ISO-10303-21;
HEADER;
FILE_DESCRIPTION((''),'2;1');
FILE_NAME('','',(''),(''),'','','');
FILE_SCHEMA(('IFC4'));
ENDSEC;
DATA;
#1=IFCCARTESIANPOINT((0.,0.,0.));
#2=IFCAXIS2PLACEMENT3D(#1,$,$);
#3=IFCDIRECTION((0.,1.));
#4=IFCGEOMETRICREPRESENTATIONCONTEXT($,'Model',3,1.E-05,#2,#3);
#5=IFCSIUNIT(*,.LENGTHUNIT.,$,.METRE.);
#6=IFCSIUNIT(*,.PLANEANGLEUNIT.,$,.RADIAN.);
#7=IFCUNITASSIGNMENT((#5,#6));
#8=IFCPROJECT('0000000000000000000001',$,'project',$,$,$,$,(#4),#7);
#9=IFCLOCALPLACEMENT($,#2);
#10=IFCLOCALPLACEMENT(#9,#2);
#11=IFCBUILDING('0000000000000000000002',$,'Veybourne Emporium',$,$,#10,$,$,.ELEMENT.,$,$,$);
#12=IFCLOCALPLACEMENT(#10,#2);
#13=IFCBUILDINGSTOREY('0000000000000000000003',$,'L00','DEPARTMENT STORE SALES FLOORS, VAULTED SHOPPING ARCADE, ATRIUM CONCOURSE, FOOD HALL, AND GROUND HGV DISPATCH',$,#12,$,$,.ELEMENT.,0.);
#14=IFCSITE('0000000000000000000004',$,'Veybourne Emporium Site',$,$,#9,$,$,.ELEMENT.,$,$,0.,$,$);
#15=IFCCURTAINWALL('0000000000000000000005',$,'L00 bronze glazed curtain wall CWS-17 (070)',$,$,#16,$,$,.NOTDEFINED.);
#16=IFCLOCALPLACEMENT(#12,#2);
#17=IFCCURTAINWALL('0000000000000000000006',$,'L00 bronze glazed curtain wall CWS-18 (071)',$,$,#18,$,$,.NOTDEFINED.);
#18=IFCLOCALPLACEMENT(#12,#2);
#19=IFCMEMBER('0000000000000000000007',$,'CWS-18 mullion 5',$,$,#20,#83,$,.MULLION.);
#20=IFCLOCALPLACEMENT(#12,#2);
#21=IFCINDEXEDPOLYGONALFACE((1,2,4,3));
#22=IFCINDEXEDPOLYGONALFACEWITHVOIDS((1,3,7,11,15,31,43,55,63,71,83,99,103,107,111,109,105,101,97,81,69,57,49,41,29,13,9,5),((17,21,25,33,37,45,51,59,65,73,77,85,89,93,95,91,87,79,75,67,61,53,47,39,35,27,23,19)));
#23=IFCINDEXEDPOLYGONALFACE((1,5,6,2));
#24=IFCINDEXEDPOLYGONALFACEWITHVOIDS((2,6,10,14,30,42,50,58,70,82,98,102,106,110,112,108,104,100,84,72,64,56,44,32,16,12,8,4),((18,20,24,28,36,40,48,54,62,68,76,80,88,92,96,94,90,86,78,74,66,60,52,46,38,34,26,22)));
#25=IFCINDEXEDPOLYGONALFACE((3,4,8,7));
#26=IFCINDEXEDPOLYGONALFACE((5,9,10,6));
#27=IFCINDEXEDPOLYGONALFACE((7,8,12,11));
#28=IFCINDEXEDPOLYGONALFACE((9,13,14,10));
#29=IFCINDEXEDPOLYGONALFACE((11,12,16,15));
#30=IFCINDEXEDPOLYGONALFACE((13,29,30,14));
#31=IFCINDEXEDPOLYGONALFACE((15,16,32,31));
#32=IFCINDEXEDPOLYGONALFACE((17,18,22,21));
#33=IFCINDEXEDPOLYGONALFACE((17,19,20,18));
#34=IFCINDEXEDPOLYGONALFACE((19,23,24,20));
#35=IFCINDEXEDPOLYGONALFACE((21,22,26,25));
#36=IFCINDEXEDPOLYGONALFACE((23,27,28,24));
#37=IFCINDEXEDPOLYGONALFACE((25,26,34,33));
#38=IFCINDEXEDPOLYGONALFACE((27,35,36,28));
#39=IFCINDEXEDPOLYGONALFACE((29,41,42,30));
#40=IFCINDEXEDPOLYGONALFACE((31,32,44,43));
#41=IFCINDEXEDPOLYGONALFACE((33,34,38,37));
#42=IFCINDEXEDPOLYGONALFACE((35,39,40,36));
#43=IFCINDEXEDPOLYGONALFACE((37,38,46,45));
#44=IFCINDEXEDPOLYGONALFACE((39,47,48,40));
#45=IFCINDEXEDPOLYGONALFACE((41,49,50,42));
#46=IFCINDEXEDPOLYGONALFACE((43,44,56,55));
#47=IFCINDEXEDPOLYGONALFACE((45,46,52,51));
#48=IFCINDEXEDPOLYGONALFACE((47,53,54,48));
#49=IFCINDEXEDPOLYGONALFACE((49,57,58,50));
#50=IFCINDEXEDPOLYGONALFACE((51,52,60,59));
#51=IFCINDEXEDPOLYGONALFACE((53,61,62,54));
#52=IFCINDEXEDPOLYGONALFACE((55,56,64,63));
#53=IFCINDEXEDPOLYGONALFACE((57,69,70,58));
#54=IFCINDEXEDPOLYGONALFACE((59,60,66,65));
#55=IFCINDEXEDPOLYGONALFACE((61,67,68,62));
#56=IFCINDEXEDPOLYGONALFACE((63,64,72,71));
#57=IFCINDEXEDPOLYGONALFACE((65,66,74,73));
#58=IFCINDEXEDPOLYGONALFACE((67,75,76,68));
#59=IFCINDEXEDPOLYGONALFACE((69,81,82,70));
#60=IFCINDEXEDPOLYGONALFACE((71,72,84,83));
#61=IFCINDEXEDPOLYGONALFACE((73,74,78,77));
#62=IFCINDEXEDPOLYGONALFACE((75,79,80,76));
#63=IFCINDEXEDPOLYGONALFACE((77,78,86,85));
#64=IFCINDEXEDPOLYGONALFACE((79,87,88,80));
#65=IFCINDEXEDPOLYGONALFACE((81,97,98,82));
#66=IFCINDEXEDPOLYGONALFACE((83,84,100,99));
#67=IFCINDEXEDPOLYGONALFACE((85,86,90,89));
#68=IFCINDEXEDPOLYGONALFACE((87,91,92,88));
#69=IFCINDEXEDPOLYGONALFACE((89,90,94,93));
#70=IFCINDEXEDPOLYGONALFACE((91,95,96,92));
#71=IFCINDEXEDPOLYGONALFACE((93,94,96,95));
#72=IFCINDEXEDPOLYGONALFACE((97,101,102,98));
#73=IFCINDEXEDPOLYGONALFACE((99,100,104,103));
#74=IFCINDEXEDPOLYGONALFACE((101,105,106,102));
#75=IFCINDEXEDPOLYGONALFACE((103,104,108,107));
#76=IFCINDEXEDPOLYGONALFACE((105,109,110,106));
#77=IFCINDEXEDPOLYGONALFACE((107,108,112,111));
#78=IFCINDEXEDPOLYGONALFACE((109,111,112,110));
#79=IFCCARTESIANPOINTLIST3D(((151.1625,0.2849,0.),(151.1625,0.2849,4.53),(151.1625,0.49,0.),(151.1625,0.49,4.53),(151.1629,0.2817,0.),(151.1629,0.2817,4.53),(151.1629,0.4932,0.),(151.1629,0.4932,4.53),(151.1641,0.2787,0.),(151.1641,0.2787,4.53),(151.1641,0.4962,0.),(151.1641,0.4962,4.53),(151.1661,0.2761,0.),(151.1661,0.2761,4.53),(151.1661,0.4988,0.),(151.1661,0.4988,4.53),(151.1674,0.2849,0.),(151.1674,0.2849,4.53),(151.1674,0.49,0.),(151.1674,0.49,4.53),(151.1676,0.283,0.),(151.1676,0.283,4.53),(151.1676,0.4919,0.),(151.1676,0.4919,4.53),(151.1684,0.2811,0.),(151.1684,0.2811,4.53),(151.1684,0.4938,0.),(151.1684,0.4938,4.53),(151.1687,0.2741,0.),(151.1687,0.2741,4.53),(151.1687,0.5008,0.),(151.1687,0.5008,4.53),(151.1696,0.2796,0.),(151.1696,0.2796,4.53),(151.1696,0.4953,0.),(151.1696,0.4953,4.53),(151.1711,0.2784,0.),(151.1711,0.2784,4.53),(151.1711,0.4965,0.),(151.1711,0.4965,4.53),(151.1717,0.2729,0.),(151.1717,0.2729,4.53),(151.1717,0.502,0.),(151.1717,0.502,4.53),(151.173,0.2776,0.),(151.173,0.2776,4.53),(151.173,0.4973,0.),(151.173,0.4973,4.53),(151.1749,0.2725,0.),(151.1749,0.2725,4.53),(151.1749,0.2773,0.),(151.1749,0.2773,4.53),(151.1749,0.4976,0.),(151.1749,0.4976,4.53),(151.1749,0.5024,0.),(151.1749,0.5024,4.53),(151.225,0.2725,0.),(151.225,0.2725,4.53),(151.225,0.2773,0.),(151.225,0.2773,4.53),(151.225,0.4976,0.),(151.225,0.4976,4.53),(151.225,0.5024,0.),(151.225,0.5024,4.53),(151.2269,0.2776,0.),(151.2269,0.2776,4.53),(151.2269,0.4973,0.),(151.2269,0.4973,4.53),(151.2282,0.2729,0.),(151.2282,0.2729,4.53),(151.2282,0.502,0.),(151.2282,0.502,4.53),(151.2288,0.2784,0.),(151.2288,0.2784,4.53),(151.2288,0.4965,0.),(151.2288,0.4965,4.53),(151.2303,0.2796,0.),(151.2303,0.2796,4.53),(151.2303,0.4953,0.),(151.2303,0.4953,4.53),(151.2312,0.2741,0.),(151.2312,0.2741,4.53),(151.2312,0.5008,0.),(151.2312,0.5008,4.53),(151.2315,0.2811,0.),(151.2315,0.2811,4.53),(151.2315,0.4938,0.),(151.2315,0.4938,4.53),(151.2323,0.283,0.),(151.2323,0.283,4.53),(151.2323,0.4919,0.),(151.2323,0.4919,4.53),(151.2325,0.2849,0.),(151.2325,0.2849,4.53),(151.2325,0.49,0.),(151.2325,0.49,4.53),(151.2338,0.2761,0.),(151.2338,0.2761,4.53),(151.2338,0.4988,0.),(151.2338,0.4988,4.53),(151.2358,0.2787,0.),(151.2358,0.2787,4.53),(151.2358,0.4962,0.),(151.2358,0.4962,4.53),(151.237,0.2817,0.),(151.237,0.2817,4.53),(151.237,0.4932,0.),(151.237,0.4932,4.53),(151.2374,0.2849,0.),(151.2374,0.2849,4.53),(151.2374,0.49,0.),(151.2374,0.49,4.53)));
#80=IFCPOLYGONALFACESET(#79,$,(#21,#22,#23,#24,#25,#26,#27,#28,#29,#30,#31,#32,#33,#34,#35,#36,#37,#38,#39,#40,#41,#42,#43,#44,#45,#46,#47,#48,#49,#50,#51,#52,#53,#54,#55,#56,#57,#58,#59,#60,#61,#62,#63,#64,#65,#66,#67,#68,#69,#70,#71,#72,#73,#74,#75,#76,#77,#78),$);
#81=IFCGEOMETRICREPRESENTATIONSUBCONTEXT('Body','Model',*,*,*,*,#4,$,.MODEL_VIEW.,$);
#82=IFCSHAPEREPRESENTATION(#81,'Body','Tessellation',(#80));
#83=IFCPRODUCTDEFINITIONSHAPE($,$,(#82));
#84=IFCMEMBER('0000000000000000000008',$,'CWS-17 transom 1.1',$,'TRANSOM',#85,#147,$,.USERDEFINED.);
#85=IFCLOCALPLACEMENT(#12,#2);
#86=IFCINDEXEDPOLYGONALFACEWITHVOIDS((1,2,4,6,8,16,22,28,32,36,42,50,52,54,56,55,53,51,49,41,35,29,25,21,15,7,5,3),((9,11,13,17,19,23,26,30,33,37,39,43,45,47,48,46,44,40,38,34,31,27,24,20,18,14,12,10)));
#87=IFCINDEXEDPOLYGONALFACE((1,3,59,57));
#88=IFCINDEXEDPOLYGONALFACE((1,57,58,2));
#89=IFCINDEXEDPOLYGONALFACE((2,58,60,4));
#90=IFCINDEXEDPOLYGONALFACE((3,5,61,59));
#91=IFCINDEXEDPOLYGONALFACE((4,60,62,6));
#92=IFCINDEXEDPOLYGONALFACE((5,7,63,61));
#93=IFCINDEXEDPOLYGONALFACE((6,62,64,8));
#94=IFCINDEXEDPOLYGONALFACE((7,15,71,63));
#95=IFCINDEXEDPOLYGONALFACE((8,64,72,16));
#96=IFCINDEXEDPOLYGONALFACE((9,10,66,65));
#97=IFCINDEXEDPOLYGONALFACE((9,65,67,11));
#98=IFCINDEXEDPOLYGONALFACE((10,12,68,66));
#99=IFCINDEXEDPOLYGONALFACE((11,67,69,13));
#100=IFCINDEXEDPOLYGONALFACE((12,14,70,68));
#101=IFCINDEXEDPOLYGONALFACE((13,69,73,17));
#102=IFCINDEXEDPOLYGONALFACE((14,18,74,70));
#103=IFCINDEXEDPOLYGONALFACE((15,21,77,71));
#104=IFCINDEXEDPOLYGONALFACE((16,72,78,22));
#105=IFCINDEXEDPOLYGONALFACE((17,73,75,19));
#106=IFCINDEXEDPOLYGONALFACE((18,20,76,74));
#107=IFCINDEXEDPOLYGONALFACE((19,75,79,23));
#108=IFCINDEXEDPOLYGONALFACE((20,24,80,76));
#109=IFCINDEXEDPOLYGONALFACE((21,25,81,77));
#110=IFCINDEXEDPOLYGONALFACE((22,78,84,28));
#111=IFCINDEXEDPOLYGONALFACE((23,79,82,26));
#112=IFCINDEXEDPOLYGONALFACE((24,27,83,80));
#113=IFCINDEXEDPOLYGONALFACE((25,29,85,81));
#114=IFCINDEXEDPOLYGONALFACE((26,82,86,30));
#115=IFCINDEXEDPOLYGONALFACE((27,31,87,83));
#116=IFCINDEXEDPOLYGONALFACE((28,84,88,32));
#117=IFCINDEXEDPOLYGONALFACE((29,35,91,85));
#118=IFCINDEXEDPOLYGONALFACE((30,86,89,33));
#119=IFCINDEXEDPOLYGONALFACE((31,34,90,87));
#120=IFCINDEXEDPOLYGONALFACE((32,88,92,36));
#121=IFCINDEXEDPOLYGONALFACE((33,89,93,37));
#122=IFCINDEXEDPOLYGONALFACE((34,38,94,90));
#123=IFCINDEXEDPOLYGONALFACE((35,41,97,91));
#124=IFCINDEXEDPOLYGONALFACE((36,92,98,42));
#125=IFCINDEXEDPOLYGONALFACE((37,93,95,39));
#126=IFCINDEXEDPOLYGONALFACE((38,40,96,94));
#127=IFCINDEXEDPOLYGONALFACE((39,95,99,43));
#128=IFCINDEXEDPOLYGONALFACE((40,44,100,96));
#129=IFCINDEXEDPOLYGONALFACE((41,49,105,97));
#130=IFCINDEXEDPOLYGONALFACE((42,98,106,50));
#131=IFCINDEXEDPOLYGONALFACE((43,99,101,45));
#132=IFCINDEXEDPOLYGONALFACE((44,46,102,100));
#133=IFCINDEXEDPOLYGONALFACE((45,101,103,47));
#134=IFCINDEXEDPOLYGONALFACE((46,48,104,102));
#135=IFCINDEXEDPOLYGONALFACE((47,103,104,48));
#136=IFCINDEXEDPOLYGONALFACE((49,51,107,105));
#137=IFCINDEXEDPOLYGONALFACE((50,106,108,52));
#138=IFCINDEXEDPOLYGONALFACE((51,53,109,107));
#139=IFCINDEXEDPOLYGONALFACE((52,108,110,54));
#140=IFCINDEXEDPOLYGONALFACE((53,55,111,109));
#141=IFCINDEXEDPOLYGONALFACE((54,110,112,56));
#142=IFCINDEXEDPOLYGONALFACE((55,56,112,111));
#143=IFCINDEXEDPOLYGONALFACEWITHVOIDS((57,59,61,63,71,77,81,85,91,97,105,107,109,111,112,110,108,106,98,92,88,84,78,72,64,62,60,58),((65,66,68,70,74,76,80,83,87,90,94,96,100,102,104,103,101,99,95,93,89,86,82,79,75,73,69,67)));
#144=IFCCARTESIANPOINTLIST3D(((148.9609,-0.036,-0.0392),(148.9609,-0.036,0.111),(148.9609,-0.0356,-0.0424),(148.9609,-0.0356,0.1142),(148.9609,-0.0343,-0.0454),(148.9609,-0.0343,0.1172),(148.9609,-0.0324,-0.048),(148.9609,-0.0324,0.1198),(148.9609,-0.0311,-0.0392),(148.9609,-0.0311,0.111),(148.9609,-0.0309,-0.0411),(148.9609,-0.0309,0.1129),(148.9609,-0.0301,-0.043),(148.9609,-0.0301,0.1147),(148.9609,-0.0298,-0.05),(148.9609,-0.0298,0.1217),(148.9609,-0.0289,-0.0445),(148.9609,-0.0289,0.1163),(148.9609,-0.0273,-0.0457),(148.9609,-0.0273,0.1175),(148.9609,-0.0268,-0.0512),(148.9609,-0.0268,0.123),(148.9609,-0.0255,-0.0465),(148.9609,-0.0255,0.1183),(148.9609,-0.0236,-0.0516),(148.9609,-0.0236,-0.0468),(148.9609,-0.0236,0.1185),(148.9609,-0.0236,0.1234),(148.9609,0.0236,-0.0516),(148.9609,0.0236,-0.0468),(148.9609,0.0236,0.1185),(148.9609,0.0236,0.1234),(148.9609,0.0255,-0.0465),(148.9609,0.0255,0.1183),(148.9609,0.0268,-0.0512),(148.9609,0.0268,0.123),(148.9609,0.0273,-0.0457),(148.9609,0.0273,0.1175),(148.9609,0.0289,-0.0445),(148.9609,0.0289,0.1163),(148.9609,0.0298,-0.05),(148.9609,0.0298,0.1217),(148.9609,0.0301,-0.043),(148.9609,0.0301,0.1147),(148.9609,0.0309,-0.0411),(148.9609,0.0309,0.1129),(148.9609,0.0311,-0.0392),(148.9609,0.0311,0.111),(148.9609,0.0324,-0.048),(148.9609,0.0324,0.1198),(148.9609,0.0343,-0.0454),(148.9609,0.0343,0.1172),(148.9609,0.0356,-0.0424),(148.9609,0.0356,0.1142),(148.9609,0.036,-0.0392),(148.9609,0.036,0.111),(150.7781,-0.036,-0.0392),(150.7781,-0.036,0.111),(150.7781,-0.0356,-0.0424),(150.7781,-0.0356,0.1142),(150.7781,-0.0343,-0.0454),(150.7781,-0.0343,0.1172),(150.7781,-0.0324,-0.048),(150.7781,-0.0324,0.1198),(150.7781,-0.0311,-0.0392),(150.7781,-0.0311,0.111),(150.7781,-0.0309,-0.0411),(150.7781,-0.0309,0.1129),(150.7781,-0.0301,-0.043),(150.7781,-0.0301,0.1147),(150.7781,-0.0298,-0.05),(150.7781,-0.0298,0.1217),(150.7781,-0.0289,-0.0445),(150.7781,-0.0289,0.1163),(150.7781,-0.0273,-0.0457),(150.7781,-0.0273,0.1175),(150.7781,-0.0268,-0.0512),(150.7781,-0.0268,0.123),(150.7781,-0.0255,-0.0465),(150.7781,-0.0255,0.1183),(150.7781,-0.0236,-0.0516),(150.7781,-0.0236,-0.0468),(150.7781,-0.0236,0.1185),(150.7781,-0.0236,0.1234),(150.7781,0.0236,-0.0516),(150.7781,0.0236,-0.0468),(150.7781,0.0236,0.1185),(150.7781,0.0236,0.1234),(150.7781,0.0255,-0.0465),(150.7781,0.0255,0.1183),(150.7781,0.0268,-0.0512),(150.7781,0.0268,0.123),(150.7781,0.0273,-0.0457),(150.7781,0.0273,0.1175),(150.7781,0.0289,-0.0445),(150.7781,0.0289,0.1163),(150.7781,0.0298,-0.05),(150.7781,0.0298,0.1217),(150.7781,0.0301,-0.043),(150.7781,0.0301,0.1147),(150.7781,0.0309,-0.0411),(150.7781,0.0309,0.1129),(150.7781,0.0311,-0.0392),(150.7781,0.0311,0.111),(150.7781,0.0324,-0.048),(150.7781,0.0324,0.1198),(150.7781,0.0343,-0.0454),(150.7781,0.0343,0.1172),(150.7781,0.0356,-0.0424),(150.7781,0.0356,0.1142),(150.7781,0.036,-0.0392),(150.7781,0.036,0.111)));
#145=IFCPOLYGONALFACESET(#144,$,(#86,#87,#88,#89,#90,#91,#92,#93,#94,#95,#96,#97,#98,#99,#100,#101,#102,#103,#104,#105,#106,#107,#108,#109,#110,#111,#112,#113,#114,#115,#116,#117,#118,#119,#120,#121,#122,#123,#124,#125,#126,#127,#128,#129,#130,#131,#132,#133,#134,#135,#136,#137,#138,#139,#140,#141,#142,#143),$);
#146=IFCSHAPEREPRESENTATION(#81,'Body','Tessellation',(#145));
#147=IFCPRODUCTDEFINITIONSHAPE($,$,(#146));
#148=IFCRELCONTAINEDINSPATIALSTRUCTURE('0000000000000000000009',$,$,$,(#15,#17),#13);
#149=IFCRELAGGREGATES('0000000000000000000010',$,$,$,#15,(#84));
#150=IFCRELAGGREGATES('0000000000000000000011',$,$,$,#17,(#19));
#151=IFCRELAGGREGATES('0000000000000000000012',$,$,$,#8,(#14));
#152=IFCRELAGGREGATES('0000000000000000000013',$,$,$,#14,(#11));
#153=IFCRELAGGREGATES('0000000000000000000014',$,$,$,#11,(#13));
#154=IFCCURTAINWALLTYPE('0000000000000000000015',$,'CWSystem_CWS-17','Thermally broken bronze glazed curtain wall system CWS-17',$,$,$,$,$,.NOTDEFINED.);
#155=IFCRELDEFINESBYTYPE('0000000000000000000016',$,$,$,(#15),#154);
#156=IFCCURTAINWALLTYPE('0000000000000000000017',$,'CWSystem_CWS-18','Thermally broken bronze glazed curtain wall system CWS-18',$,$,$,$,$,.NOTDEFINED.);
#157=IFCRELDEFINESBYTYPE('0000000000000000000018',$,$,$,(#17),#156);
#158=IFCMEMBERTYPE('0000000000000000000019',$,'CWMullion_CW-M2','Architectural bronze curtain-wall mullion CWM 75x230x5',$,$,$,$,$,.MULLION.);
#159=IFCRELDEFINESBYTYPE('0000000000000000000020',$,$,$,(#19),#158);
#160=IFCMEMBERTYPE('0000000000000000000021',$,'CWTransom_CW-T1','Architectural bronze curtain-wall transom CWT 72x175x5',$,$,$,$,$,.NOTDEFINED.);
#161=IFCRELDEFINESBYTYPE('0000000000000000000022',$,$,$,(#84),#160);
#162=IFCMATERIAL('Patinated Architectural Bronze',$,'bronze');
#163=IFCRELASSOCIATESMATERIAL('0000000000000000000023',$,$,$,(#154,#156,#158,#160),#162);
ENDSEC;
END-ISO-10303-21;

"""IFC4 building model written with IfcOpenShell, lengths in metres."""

from ifc_helpers import new_model, si_unit, direction, frame, origin, origin_2d, place, context, subcontext, project, spatial, hollow_rectangle, extrude, material, material_profile, profile_set, type_object, element, aggregate, save


model = new_model("IFC4")

# Units and contexts
model_context = context("Model", 3, precision=1e-05, world=origin(), true_north=direction((0.0, 1.0)))
body_context = subcontext(model_context, "Body", "Model", "MODEL_VIEW")
ifc_project = project(units=[si_unit("LENGTHUNIT", "METRE"), si_unit("PLANEANGLEUNIT", "RADIAN")], contexts=[model_context])

# Site, building, storey
site_placement = place(None, origin())
site = spatial("IfcSite", under=ifc_project, at=site_placement, Name="Veybourne Emporium Site", CompositionType="ELEMENT", RefElevation=0.0)
building_placement = place(site_placement, origin())
building = spatial("IfcBuilding", under=site, at=building_placement, Name="Veybourne Emporium", CompositionType="ELEMENT")
storey_placement = place(building_placement, origin())
storey = spatial("IfcBuildingStorey", under=building, at=storey_placement, Name="L00", Description="DEPARTMENT STORE SALES FLOORS, VAULTED SHOPPING ARCADE, ATRIUM CONCOURSE, FOOD HALL, AND GROUND HGV DISPATCH", CompositionType="ELEMENT", Elevation=0.0)

# Curtain walls, member
ifc_material_1 = material(Name="Patinated Architectural Bronze", Category="bronze")
curtain_wall_type_1 = type_object("IfcCurtainWallType", Name="CWSystem_CWS-17", Description="Thermally broken bronze glazed curtain wall system CWS-17", PredefinedType="NOTDEFINED", material=ifc_material_1)
curtain_wall_1_placement = place(storey_placement, origin())
curtain_wall_1 = element("IfcCurtainWall", 1, at=curtain_wall_1_placement, inside=storey, type_object=curtain_wall_type_1, Name="L00 bronze glazed curtain wall CWS-17 (070)", PredefinedType="NOTDEFINED")
curtain_wall_type_2 = type_object("IfcCurtainWallType", Name="CWSystem_CWS-18", Description="Thermally broken bronze glazed curtain wall system CWS-18", PredefinedType="NOTDEFINED", material=ifc_material_1)
curtain_wall_2_placement = place(storey_placement, origin())
curtain_wall_2 = element("IfcCurtainWall", 2, at=curtain_wall_2_placement, inside=storey, type_object=curtain_wall_type_2, Name="L00 bronze glazed curtain wall CWS-18 (071)", PredefinedType="NOTDEFINED")
ifc_material_profile_1 = material_profile(ifc_material_1, hollow_rectangle(XDim=0.075, YDim=0.23, WallThickness=0.0049, InnerFilletRadius=0.0076, OuterFilletRadius=0.0125, at=origin_2d()), Name="CWM 75x230x5")
ifc_profile_set_1 = profile_set([ifc_material_profile_1], Name="Patinated Architectural Bronze")
member_type_1 = type_object("IfcMemberType", Name="CWMullion_CW-M2", Description="Architectural bronze curtain-wall mullion CWM 75x230x5", PredefinedType="MULLION", material=ifc_profile_set_1)
member_1_placement = place(storey_placement, frame((151.2, 0.3875, 0.0), z_axis=(0.0, 0.0, 1.0), x_axis=(1.0, 0.0, 0.0)))
member_1 = element("IfcMember", 3, at=member_1_placement, type_object=member_type_1, Name="CWS-18 mullion 5", PredefinedType="MULLION", context=body_context, shape_type="SweptSolid", body=[
    extrude(hollow_rectangle(XDim=0.075, YDim=0.23, WallThickness=0.0049, InnerFilletRadius=0.0076, OuterFilletRadius=0.0125, at=origin_2d()), origin(), (0.0, 0.0, 1.0), 4.53),
])

# Member
ifc_material_profile_2 = material_profile(ifc_material_1, hollow_rectangle(XDim=0.072, YDim=0.175, WallThickness=0.0049, InnerFilletRadius=0.0076, OuterFilletRadius=0.0125, at=origin_2d()), Name="CWT 72x175x5")
ifc_profile_set_2 = profile_set([ifc_material_profile_2], Name="Patinated Architectural Bronze")
member_type_2 = type_object("IfcMemberType", Name="CWTransom_CW-T1", Description="Architectural bronze curtain-wall transom CWT 72x175x5", PredefinedType="NOTDEFINED", material=ifc_profile_set_2)
member_2_placement = place(storey_placement, frame((150.7781, 0.0, 0.0359), z_axis=(-1.0, 0.0, 0.0), x_axis=(0.0, -1.0, 0.0)))
member_2 = element("IfcMember", 4, at=member_2_placement, type_object=member_type_2, Name="CWS-17 transom 1.1", ObjectType="TRANSOM", PredefinedType="USERDEFINED", context=body_context, shape_type="SweptSolid", body=[
    extrude(hollow_rectangle(XDim=0.072, YDim=0.175, WallThickness=0.0049, InnerFilletRadius=0.0076, OuterFilletRadius=0.0125, at=origin_2d()), origin(), (0.0, 0.0, 1.0), 1.8171),
])

aggregate(curtain_wall_1, [member_2])
aggregate(curtain_wall_2, [member_1])

save(model, "model.ifc")
